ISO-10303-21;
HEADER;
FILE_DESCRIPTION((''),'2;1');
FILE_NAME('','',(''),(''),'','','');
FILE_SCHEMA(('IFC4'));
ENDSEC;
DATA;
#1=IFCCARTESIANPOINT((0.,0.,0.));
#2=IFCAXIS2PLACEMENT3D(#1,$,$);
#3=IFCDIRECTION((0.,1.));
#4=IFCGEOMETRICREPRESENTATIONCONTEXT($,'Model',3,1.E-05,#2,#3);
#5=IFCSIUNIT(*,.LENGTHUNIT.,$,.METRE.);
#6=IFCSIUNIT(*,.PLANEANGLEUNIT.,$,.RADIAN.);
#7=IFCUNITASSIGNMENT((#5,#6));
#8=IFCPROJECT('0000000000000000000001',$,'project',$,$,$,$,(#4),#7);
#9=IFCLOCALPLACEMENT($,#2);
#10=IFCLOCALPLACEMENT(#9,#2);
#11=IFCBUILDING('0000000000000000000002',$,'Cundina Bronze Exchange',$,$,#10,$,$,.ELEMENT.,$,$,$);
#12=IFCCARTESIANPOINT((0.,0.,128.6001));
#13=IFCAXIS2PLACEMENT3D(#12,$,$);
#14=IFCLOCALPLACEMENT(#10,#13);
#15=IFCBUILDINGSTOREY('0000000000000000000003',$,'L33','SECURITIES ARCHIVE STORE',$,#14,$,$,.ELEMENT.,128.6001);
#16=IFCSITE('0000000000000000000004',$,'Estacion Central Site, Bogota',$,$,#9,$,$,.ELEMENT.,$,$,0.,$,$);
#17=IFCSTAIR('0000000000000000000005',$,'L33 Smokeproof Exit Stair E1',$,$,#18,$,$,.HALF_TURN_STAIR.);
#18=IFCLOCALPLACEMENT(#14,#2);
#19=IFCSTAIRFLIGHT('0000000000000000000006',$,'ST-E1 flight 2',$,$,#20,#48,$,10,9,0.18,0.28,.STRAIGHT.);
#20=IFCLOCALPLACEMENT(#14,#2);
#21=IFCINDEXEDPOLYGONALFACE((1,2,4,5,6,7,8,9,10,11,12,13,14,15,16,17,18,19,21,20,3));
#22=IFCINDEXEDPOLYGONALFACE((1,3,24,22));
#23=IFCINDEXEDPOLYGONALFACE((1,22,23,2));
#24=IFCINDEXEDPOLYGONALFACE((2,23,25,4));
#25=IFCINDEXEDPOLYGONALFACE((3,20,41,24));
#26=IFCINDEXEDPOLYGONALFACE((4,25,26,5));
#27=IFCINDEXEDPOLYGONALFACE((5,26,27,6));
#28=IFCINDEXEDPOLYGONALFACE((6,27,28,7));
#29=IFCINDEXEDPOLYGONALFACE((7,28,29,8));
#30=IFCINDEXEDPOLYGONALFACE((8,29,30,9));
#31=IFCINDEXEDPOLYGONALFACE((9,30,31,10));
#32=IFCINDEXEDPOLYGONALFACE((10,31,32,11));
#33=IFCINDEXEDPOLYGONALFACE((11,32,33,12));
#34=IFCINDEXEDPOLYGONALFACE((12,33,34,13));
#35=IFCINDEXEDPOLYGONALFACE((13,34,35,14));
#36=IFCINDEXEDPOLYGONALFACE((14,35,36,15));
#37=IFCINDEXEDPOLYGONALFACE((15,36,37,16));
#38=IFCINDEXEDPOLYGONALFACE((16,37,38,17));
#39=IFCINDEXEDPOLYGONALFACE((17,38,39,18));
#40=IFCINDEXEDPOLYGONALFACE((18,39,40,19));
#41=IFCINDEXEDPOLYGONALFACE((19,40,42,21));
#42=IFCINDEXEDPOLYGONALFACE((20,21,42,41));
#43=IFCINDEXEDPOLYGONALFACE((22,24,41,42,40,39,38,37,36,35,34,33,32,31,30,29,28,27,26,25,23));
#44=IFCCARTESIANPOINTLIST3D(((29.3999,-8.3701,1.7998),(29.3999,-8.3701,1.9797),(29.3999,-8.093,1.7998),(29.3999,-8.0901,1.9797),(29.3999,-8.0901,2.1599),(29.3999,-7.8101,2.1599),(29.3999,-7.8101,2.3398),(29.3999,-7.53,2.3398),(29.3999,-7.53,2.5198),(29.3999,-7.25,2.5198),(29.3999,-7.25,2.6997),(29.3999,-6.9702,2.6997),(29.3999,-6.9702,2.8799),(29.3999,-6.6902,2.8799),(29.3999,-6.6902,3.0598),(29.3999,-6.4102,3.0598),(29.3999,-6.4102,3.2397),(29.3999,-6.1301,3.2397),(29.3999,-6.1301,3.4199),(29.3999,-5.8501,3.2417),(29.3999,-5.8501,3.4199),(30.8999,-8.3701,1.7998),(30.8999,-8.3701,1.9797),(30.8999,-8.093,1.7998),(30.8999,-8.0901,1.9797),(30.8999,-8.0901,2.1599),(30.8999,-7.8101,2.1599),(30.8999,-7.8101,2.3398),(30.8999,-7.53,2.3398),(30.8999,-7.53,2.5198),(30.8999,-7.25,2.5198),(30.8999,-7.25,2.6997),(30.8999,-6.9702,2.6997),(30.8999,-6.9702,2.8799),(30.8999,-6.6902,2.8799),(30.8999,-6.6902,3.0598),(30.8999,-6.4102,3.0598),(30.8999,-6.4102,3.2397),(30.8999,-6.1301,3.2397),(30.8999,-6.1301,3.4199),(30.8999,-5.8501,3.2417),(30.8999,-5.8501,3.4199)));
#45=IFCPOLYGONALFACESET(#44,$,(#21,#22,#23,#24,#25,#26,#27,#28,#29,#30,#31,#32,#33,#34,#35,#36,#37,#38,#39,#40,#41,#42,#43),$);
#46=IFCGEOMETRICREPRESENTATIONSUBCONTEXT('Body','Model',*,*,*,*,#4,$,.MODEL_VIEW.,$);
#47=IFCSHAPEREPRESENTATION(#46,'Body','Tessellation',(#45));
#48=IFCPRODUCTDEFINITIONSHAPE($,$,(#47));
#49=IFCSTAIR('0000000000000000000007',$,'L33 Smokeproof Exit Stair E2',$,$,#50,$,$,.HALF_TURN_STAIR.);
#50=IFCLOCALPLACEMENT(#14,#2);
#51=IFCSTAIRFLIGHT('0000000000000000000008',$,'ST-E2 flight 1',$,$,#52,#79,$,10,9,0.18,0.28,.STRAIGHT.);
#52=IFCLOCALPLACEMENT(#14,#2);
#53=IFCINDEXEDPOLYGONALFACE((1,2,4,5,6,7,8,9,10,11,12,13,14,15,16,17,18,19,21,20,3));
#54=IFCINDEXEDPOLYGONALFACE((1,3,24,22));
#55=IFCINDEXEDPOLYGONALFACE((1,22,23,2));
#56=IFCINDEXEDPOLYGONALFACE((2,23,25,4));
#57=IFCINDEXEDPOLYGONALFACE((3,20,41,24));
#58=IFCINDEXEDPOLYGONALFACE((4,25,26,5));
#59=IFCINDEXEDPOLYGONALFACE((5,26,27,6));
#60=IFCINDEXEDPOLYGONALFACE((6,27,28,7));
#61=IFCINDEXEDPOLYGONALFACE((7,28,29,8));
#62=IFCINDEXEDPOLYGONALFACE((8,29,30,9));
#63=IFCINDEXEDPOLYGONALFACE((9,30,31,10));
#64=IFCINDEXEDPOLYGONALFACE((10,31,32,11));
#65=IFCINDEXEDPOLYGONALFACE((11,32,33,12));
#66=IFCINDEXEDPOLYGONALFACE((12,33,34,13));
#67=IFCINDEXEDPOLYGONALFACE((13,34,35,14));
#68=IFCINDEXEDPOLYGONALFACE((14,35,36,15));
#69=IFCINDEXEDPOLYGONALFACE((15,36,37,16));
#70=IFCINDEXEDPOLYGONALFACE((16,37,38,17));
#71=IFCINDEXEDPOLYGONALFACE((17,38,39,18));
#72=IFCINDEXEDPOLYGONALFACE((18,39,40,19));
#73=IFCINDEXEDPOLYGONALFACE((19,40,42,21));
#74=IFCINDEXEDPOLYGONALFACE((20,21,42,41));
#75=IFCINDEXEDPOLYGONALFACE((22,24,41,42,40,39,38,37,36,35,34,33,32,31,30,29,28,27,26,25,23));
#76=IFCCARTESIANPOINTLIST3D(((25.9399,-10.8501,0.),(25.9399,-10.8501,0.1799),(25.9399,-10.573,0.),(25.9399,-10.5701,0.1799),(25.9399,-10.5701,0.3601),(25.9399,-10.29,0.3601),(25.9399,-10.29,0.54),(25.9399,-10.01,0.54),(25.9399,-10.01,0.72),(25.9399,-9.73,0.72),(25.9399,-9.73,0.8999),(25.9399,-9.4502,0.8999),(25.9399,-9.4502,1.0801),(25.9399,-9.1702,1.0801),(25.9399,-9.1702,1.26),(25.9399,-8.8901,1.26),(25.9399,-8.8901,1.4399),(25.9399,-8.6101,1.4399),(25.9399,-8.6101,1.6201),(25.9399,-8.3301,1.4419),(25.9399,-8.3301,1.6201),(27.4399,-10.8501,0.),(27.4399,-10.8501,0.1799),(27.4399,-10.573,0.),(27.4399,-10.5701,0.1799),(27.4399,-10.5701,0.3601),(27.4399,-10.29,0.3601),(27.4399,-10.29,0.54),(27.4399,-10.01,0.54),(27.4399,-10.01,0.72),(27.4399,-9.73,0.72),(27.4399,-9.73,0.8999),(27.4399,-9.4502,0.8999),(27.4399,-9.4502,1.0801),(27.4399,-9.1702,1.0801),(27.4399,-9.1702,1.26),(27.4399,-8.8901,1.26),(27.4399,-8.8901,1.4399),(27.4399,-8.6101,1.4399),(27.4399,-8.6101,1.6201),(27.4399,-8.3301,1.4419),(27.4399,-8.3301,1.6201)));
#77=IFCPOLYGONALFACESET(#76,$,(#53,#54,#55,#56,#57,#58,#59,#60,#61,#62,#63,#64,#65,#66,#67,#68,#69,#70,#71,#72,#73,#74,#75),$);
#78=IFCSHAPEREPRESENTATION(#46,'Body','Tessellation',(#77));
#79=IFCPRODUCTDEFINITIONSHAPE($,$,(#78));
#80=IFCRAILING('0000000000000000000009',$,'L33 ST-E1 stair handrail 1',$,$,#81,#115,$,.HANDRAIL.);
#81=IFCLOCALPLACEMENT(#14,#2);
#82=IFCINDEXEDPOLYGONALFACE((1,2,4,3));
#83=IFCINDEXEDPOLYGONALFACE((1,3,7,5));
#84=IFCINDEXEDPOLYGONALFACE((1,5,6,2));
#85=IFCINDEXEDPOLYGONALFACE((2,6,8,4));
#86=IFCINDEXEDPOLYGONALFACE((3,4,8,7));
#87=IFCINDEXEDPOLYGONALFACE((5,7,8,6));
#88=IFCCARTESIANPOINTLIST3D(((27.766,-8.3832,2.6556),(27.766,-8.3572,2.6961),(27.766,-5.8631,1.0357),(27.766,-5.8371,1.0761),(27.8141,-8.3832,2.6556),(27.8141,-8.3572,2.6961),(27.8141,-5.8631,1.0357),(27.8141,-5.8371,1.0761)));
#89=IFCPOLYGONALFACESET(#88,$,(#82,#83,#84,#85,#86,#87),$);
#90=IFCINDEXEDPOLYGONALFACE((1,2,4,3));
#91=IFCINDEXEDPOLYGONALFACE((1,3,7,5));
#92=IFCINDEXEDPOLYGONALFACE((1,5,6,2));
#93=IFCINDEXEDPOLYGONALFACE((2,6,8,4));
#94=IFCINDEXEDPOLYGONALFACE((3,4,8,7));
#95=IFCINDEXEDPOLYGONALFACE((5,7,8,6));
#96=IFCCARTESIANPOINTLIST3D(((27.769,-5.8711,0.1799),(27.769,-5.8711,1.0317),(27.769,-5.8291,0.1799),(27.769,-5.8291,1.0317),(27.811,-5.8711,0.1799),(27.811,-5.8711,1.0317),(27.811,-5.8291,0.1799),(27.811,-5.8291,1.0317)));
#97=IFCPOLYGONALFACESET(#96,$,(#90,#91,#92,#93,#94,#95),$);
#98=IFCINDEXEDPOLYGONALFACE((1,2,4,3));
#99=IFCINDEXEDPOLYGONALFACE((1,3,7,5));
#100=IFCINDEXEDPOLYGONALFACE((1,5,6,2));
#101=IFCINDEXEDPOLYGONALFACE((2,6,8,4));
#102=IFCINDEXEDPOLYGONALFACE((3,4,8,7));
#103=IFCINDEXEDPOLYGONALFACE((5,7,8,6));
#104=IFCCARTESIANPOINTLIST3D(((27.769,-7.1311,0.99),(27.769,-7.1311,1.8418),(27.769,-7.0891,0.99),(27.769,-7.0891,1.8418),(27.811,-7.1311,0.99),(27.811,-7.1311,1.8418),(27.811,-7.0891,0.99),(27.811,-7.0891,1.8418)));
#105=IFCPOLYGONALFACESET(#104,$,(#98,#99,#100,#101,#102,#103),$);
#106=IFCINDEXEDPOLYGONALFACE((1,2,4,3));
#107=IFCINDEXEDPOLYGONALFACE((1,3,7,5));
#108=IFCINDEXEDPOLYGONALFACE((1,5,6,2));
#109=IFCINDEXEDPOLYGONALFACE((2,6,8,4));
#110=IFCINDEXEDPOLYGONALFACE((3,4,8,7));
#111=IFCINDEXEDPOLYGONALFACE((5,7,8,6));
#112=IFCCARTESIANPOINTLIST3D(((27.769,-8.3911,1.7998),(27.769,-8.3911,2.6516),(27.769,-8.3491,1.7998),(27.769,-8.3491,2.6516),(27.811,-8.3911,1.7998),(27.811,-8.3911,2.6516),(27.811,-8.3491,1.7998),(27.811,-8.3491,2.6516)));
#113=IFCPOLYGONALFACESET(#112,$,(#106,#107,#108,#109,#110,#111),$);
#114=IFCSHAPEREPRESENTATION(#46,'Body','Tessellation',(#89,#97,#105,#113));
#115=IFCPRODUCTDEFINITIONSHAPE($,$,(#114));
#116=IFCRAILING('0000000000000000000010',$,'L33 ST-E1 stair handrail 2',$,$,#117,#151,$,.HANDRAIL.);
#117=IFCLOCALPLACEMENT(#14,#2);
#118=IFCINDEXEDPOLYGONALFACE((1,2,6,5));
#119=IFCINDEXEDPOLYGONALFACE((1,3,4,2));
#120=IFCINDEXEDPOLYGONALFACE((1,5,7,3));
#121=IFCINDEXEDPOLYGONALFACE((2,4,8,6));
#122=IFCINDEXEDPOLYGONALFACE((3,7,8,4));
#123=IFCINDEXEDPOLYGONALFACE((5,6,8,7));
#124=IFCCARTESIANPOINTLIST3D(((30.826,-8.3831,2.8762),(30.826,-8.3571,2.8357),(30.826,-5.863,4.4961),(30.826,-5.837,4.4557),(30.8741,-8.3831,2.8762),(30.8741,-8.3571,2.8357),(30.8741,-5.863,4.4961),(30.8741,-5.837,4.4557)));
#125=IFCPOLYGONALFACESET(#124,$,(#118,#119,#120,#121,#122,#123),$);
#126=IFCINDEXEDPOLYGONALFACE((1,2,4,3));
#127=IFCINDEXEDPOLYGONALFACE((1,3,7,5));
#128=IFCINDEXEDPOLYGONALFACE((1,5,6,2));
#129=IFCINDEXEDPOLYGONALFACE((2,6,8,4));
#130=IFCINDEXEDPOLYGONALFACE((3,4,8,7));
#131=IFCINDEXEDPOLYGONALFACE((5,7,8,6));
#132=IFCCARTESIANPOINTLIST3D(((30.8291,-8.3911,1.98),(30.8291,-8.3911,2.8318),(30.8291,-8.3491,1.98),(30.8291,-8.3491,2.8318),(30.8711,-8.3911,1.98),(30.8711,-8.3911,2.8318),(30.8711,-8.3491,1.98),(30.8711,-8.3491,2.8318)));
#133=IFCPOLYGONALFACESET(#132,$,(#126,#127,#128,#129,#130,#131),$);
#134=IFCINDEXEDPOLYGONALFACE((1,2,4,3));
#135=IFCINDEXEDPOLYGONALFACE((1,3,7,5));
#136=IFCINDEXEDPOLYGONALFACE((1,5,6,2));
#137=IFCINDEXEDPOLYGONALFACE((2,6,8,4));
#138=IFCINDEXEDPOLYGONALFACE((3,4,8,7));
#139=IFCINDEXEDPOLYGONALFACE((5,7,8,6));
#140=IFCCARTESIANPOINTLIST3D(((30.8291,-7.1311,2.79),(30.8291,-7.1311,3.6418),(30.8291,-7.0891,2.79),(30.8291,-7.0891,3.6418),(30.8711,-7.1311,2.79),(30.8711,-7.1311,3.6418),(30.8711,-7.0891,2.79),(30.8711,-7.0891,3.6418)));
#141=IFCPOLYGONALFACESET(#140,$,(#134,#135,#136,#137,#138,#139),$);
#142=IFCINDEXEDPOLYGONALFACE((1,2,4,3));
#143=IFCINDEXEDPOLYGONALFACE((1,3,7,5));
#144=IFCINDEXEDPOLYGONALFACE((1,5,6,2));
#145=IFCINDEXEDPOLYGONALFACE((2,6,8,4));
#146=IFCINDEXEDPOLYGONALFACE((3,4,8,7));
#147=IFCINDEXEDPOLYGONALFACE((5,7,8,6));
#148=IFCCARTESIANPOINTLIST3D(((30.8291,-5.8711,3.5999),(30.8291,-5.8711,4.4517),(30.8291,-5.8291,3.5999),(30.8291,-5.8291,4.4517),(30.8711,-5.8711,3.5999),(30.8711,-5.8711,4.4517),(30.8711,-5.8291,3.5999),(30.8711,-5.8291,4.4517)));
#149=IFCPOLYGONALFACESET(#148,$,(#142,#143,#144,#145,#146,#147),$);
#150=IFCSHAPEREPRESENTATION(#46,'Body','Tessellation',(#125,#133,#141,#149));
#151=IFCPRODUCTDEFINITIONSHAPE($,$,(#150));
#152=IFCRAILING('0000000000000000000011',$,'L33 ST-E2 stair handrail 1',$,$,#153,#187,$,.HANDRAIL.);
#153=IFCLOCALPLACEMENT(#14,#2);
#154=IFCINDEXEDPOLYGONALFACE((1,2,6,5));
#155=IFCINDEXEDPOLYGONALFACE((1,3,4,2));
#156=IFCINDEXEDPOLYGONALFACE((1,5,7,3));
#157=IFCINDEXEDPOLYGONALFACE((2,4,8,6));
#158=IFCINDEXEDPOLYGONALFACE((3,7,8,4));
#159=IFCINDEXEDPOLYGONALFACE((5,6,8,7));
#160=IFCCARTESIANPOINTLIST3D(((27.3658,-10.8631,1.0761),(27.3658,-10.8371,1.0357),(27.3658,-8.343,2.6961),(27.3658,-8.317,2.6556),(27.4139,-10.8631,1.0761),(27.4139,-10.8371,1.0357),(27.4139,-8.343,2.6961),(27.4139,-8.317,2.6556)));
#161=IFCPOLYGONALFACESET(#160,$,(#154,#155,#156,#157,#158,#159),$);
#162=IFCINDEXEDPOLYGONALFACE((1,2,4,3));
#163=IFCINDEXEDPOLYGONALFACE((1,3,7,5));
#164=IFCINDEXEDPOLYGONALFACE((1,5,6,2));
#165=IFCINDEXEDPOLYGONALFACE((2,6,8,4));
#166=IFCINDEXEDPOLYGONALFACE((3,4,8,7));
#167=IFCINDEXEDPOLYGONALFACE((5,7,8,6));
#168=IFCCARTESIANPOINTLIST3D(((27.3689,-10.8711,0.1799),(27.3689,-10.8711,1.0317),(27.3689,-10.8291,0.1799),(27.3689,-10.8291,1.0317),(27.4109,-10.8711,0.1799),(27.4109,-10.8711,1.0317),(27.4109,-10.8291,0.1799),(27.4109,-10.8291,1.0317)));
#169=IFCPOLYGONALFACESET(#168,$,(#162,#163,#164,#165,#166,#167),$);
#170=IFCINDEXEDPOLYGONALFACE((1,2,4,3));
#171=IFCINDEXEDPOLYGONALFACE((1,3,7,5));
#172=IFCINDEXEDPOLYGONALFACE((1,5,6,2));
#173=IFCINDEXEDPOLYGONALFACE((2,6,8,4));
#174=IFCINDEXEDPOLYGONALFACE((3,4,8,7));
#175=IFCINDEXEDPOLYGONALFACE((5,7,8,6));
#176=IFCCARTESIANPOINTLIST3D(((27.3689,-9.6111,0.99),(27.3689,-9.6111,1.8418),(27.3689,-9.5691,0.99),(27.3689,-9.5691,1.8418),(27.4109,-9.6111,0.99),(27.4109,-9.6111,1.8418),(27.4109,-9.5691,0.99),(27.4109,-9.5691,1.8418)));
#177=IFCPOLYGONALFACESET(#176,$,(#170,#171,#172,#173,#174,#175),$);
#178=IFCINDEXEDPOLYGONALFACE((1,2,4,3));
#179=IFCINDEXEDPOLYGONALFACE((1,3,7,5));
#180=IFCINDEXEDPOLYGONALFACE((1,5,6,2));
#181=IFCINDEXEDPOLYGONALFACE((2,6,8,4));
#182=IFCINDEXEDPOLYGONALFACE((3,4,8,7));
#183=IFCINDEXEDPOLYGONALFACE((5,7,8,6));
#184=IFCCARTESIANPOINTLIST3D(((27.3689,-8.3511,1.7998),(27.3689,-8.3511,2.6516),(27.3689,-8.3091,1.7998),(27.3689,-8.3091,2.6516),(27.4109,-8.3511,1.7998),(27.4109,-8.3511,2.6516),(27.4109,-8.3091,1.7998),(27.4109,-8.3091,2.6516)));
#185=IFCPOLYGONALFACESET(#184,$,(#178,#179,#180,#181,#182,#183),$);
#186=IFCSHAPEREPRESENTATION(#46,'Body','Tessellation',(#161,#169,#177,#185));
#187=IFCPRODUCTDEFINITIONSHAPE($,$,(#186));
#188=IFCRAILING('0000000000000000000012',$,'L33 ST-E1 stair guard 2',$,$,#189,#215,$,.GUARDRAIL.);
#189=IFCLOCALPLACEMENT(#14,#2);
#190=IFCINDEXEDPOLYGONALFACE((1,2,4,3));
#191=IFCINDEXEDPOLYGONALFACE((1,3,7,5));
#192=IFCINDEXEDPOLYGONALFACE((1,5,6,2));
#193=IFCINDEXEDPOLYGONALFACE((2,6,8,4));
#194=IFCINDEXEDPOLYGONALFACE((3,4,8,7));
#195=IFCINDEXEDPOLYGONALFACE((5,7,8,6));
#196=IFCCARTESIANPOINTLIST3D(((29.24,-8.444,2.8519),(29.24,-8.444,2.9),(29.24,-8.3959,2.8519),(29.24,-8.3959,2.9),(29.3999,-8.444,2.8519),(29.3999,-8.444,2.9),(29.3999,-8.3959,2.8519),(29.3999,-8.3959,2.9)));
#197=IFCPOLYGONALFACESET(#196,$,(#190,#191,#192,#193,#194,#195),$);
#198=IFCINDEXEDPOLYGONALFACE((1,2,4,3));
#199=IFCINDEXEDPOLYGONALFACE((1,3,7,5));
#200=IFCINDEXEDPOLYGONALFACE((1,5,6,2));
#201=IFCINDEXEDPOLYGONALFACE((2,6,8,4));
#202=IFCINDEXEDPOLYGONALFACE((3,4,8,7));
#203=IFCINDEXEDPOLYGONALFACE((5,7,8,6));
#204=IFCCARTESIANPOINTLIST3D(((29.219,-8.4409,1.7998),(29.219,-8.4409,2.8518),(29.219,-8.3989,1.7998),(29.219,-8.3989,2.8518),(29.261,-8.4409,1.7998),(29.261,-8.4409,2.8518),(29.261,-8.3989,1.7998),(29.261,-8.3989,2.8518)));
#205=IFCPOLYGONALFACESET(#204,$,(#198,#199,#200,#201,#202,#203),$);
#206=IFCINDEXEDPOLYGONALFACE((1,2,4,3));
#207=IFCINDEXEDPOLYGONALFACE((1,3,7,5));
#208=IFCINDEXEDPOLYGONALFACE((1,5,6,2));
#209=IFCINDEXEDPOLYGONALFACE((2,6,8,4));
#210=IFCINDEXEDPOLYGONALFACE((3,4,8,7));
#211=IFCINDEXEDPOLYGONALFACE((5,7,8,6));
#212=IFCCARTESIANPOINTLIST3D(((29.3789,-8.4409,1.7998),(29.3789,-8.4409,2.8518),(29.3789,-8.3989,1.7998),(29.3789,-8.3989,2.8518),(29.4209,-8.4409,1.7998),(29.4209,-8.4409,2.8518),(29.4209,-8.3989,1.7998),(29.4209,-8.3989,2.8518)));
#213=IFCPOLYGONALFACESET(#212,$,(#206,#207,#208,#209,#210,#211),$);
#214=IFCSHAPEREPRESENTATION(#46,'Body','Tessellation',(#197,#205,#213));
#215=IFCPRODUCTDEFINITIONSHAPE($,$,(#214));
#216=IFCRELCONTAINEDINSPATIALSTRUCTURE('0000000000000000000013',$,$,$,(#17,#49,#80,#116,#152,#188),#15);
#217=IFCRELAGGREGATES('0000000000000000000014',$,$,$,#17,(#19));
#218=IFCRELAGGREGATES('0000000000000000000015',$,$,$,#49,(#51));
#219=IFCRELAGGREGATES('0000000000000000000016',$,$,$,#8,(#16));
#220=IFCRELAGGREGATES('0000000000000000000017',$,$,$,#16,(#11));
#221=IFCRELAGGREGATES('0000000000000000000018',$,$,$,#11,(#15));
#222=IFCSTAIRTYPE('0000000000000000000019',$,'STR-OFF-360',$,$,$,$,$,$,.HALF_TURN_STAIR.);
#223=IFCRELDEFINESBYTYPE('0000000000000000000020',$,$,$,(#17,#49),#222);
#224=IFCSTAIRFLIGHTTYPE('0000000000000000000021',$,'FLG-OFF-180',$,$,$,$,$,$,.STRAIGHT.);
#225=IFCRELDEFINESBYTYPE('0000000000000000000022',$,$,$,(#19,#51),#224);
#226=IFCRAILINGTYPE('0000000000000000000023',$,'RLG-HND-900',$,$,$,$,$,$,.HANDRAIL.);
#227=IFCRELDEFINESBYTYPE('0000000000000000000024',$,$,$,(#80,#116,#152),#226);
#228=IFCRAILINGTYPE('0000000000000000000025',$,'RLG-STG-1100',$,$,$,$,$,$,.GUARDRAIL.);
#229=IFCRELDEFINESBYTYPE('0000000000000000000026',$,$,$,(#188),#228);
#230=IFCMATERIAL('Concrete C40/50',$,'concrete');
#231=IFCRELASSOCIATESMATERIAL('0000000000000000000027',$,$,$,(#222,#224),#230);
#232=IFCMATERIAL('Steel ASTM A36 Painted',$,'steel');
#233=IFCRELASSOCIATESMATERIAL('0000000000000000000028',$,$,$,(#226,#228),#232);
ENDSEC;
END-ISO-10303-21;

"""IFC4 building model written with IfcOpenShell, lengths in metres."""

from ifc_helpers import new_model, si_unit, direction, frame, origin, origin_2d, place, context, subcontext, project, spatial, polyline, rectangle, outline, extrude, material, type_object, element, aggregate, save


model = new_model("IFC4")

# Units and contexts
model_context = context("Model", 3, precision=1e-05, world=origin(), true_north=direction((0.0, 1.0)))
body_context = subcontext(model_context, "Body", "Model", "MODEL_VIEW")
ifc_project = project(units=[si_unit("LENGTHUNIT", "METRE"), si_unit("PLANEANGLEUNIT", "RADIAN")], contexts=[model_context])

# Site, building, storey
site_placement = place(None, origin())
site = spatial("IfcSite", under=ifc_project, at=site_placement, Name="Estacion Central Site, Bogota", CompositionType="ELEMENT", RefElevation=0.0)
building_placement = place(site_placement, origin())
building = spatial("IfcBuilding", under=site, at=building_placement, Name="Cundina Bronze Exchange", CompositionType="ELEMENT")
storey_placement = place(building_placement, frame((0.0, 0.0, 128.6001)))
storey = spatial("IfcBuildingStorey", under=building, at=storey_placement, Name="L33", Description="SECURITIES ARCHIVE STORE", CompositionType="ELEMENT", Elevation=128.6001)

# Stair, stair flight
ifc_material_1 = material(Name="Concrete C40/50", Category="concrete")
stair_type = type_object("IfcStairType", Name="STR-OFF-360", PredefinedType="HALF_TURN_STAIR", material=ifc_material_1)
stair_1_placement = place(storey_placement, origin())
stair_1 = element("IfcStair", 1, at=stair_1_placement, inside=storey, type_object=stair_type, Name="L33 Smokeproof Exit Stair E1", PredefinedType="HALF_TURN_STAIR")
stair_flight_type = type_object("IfcStairFlightType", Name="FLG-OFF-180", PredefinedType="STRAIGHT", material=ifc_material_1)
stair_flight_1_placement = place(storey_placement, frame((30.1499, -8.3701, 1.7998), z_axis=(0.0, 0.0, 1.0), x_axis=(0.0, 1.0, 0.0)))
stair_flight_1 = element("IfcStairFlight", 2, at=stair_flight_1_placement, type_object=stair_flight_type, Name="ST-E1 flight 2", NumberOfRisers=10, NumberOfTreads=9, PredefinedType="STRAIGHT", RiserHeight=0.18, TreadLength=0.28, context=body_context, shape_type="SweptSolid", body=[
    extrude(outline(polyline([(0.0, 0.0), (0.0, 0.1799), (0.28, 0.1799), (0.28, 0.3601), (0.5601, 0.3601), (0.5601, 0.54), (0.8401, 0.54), (0.8401, 0.72), (1.1201, 0.72), (1.1201, 0.8999), (1.3999, 0.8999), (1.3999, 1.0801), (1.6799, 1.0801), (1.6799, 1.26), (1.96, 1.26), (1.96, 1.4399), (2.24, 1.4399), (2.24, 1.6201), (2.52, 1.6201), (2.52, 1.8), (2.52, 1.4419), (0.2771, 0.0), (0.0, 0.0)])), frame((0.0, 0.75, 0.0), z_axis=(0.0, -1.0, 0.0), x_axis=(1.0, 0.0, 0.0)), (0.0, 0.0, 1.0), 1.5),
])
aggregate(stair_1, [stair_flight_1])

# Stair, stair flight
stair_2_placement = place(storey_placement, origin())
stair_2 = element("IfcStair", 3, at=stair_2_placement, inside=storey, type_object=stair_type, Name="L33 Smokeproof Exit Stair E2", PredefinedType="HALF_TURN_STAIR")
stair_flight_2_placement = place(storey_placement, frame((26.6899, -10.8501, 0.0), z_axis=(0.0, 0.0, 1.0), x_axis=(0.0, 1.0, 0.0)))
stair_flight_2 = element("IfcStairFlight", 4, at=stair_flight_2_placement, type_object=stair_flight_type, Name="ST-E2 flight 1", NumberOfRisers=10, NumberOfTreads=9, PredefinedType="STRAIGHT", RiserHeight=0.18, TreadLength=0.28, context=body_context, shape_type="SweptSolid", body=[
    extrude(outline(polyline([(0.0, 0.0), (0.0, 0.1799), (0.28, 0.1799), (0.28, 0.3601), (0.5601, 0.3601), (0.5601, 0.54), (0.8401, 0.54), (0.8401, 0.72), (1.1201, 0.72), (1.1201, 0.8999), (1.3999, 0.8999), (1.3999, 1.0801), (1.6799, 1.0801), (1.6799, 1.26), (1.96, 1.26), (1.96, 1.4399), (2.24, 1.4399), (2.24, 1.6201), (2.52, 1.6201), (2.52, 1.8), (2.52, 1.4419), (0.2771, 0.0), (0.0, 0.0)])), frame((0.0, 0.75, 0.0), z_axis=(0.0, -1.0, 0.0), x_axis=(1.0, 0.0, 0.0)), (0.0, 0.0, 1.0), 1.5),
])
aggregate(stair_2, [stair_flight_2])

# Railings
ifc_material_2 = material(Name="Steel ASTM A36 Painted", Category="steel")
railing_type_1 = type_object("IfcRailingType", Name="RLG-HND-900", PredefinedType="HANDRAIL", material=ifc_material_2)
railing_1_placement = place(storey_placement, frame((27.79, -5.8501, 0.1799)))
element("IfcRailing", 5, at=railing_1_placement, inside=storey, type_object=railing_type_1, Name="L33 ST-E1 stair handrail 1", PredefinedType="HANDRAIL", context=body_context, shape_type="SweptSolid", body=[
    extrude(rectangle(XDim=0.0481, YDim=0.0481, at=origin_2d()), frame((0.0, 0.0, 0.876), z_axis=(0.0, -0.8412, 0.540725), x_axis=(1.0, 0.0, 0.0)), (0.0, 0.0, 1.0), 2.9958),
    extrude(rectangle(XDim=0.042, YDim=0.042, at=origin_2d()), origin(), (0.0, 0.0, 1.0), 0.8518),
    extrude(rectangle(XDim=0.042, YDim=0.042, at=origin_2d()), frame((0.0, -1.26, 0.8101)), (0.0, 0.0, 1.0), 0.8518),
    extrude(rectangle(XDim=0.042, YDim=0.042, at=origin_2d()), frame((0.0, -2.52, 1.6199)), (0.0, 0.0, 1.0), 0.8518),
])
for number, where, name in (
    (6, (30.8501, -8.3701, 1.98), "L33 ST-E1 stair handrail 2"),
    (7, (27.3899, -10.8501, 0.1799), "L33 ST-E2 stair handrail 1"),
):
    element("IfcRailing", number, at=place(storey_placement, frame(where)), inside=storey, type_object=railing_type_1, Name=name, PredefinedType="HANDRAIL", context=body_context, shape_type="SweptSolid", body=[
        extrude(rectangle(XDim=0.0481, YDim=0.0481, at=origin_2d()), frame((0.0, 0.0, 0.876), z_axis=(0.0, 0.8412, 0.540725), x_axis=(-1.0, 0.0, 0.0)), (0.0, 0.0, 1.0), 2.9958),
        extrude(rectangle(XDim=0.042, YDim=0.042, at=origin_2d()), origin(), (0.0, 0.0, 1.0), 0.8518),
        extrude(rectangle(XDim=0.042, YDim=0.042, at=origin_2d()), frame((0.0, 1.26, 0.8101)), (0.0, 0.0, 1.0), 0.8518),
        extrude(rectangle(XDim=0.042, YDim=0.042, at=origin_2d()), frame((0.0, 2.52, 1.6199)), (0.0, 0.0, 1.0), 0.8518),
    ])
railing_type_2 = type_object("IfcRailingType", Name="RLG-STG-1100", PredefinedType="GUARDRAIL", material=ifc_material_2)
railing_2_placement = place(storey_placement, frame((29.24, -8.4199, 1.7998)))
element("IfcRailing", 8, at=railing_2_placement, inside=storey, type_object=railing_type_2, Name="L33 ST-E1 stair guard 2", PredefinedType="GUARDRAIL", context=body_context, shape_type="SweptSolid", body=[
    extrude(rectangle(XDim=0.0481, YDim=0.0481, at=origin_2d()), frame((0.0, 0.0, 1.0762), z_axis=(1.0, 0.0, 0.0), x_axis=(0.0, 1.0, 0.0)), (0.0, 0.0, 1.0), 0.1599),
    extrude(rectangle(XDim=0.042, YDim=0.042, at=origin_2d()), origin(), (0.0, 0.0, 1.0), 1.052),
    extrude(rectangle(XDim=0.042, YDim=0.042, at=origin_2d()), frame((0.1599, 0.0, 0.0)), (0.0, 0.0, 1.0), 1.052),
])

save(model, "model.ifc")
